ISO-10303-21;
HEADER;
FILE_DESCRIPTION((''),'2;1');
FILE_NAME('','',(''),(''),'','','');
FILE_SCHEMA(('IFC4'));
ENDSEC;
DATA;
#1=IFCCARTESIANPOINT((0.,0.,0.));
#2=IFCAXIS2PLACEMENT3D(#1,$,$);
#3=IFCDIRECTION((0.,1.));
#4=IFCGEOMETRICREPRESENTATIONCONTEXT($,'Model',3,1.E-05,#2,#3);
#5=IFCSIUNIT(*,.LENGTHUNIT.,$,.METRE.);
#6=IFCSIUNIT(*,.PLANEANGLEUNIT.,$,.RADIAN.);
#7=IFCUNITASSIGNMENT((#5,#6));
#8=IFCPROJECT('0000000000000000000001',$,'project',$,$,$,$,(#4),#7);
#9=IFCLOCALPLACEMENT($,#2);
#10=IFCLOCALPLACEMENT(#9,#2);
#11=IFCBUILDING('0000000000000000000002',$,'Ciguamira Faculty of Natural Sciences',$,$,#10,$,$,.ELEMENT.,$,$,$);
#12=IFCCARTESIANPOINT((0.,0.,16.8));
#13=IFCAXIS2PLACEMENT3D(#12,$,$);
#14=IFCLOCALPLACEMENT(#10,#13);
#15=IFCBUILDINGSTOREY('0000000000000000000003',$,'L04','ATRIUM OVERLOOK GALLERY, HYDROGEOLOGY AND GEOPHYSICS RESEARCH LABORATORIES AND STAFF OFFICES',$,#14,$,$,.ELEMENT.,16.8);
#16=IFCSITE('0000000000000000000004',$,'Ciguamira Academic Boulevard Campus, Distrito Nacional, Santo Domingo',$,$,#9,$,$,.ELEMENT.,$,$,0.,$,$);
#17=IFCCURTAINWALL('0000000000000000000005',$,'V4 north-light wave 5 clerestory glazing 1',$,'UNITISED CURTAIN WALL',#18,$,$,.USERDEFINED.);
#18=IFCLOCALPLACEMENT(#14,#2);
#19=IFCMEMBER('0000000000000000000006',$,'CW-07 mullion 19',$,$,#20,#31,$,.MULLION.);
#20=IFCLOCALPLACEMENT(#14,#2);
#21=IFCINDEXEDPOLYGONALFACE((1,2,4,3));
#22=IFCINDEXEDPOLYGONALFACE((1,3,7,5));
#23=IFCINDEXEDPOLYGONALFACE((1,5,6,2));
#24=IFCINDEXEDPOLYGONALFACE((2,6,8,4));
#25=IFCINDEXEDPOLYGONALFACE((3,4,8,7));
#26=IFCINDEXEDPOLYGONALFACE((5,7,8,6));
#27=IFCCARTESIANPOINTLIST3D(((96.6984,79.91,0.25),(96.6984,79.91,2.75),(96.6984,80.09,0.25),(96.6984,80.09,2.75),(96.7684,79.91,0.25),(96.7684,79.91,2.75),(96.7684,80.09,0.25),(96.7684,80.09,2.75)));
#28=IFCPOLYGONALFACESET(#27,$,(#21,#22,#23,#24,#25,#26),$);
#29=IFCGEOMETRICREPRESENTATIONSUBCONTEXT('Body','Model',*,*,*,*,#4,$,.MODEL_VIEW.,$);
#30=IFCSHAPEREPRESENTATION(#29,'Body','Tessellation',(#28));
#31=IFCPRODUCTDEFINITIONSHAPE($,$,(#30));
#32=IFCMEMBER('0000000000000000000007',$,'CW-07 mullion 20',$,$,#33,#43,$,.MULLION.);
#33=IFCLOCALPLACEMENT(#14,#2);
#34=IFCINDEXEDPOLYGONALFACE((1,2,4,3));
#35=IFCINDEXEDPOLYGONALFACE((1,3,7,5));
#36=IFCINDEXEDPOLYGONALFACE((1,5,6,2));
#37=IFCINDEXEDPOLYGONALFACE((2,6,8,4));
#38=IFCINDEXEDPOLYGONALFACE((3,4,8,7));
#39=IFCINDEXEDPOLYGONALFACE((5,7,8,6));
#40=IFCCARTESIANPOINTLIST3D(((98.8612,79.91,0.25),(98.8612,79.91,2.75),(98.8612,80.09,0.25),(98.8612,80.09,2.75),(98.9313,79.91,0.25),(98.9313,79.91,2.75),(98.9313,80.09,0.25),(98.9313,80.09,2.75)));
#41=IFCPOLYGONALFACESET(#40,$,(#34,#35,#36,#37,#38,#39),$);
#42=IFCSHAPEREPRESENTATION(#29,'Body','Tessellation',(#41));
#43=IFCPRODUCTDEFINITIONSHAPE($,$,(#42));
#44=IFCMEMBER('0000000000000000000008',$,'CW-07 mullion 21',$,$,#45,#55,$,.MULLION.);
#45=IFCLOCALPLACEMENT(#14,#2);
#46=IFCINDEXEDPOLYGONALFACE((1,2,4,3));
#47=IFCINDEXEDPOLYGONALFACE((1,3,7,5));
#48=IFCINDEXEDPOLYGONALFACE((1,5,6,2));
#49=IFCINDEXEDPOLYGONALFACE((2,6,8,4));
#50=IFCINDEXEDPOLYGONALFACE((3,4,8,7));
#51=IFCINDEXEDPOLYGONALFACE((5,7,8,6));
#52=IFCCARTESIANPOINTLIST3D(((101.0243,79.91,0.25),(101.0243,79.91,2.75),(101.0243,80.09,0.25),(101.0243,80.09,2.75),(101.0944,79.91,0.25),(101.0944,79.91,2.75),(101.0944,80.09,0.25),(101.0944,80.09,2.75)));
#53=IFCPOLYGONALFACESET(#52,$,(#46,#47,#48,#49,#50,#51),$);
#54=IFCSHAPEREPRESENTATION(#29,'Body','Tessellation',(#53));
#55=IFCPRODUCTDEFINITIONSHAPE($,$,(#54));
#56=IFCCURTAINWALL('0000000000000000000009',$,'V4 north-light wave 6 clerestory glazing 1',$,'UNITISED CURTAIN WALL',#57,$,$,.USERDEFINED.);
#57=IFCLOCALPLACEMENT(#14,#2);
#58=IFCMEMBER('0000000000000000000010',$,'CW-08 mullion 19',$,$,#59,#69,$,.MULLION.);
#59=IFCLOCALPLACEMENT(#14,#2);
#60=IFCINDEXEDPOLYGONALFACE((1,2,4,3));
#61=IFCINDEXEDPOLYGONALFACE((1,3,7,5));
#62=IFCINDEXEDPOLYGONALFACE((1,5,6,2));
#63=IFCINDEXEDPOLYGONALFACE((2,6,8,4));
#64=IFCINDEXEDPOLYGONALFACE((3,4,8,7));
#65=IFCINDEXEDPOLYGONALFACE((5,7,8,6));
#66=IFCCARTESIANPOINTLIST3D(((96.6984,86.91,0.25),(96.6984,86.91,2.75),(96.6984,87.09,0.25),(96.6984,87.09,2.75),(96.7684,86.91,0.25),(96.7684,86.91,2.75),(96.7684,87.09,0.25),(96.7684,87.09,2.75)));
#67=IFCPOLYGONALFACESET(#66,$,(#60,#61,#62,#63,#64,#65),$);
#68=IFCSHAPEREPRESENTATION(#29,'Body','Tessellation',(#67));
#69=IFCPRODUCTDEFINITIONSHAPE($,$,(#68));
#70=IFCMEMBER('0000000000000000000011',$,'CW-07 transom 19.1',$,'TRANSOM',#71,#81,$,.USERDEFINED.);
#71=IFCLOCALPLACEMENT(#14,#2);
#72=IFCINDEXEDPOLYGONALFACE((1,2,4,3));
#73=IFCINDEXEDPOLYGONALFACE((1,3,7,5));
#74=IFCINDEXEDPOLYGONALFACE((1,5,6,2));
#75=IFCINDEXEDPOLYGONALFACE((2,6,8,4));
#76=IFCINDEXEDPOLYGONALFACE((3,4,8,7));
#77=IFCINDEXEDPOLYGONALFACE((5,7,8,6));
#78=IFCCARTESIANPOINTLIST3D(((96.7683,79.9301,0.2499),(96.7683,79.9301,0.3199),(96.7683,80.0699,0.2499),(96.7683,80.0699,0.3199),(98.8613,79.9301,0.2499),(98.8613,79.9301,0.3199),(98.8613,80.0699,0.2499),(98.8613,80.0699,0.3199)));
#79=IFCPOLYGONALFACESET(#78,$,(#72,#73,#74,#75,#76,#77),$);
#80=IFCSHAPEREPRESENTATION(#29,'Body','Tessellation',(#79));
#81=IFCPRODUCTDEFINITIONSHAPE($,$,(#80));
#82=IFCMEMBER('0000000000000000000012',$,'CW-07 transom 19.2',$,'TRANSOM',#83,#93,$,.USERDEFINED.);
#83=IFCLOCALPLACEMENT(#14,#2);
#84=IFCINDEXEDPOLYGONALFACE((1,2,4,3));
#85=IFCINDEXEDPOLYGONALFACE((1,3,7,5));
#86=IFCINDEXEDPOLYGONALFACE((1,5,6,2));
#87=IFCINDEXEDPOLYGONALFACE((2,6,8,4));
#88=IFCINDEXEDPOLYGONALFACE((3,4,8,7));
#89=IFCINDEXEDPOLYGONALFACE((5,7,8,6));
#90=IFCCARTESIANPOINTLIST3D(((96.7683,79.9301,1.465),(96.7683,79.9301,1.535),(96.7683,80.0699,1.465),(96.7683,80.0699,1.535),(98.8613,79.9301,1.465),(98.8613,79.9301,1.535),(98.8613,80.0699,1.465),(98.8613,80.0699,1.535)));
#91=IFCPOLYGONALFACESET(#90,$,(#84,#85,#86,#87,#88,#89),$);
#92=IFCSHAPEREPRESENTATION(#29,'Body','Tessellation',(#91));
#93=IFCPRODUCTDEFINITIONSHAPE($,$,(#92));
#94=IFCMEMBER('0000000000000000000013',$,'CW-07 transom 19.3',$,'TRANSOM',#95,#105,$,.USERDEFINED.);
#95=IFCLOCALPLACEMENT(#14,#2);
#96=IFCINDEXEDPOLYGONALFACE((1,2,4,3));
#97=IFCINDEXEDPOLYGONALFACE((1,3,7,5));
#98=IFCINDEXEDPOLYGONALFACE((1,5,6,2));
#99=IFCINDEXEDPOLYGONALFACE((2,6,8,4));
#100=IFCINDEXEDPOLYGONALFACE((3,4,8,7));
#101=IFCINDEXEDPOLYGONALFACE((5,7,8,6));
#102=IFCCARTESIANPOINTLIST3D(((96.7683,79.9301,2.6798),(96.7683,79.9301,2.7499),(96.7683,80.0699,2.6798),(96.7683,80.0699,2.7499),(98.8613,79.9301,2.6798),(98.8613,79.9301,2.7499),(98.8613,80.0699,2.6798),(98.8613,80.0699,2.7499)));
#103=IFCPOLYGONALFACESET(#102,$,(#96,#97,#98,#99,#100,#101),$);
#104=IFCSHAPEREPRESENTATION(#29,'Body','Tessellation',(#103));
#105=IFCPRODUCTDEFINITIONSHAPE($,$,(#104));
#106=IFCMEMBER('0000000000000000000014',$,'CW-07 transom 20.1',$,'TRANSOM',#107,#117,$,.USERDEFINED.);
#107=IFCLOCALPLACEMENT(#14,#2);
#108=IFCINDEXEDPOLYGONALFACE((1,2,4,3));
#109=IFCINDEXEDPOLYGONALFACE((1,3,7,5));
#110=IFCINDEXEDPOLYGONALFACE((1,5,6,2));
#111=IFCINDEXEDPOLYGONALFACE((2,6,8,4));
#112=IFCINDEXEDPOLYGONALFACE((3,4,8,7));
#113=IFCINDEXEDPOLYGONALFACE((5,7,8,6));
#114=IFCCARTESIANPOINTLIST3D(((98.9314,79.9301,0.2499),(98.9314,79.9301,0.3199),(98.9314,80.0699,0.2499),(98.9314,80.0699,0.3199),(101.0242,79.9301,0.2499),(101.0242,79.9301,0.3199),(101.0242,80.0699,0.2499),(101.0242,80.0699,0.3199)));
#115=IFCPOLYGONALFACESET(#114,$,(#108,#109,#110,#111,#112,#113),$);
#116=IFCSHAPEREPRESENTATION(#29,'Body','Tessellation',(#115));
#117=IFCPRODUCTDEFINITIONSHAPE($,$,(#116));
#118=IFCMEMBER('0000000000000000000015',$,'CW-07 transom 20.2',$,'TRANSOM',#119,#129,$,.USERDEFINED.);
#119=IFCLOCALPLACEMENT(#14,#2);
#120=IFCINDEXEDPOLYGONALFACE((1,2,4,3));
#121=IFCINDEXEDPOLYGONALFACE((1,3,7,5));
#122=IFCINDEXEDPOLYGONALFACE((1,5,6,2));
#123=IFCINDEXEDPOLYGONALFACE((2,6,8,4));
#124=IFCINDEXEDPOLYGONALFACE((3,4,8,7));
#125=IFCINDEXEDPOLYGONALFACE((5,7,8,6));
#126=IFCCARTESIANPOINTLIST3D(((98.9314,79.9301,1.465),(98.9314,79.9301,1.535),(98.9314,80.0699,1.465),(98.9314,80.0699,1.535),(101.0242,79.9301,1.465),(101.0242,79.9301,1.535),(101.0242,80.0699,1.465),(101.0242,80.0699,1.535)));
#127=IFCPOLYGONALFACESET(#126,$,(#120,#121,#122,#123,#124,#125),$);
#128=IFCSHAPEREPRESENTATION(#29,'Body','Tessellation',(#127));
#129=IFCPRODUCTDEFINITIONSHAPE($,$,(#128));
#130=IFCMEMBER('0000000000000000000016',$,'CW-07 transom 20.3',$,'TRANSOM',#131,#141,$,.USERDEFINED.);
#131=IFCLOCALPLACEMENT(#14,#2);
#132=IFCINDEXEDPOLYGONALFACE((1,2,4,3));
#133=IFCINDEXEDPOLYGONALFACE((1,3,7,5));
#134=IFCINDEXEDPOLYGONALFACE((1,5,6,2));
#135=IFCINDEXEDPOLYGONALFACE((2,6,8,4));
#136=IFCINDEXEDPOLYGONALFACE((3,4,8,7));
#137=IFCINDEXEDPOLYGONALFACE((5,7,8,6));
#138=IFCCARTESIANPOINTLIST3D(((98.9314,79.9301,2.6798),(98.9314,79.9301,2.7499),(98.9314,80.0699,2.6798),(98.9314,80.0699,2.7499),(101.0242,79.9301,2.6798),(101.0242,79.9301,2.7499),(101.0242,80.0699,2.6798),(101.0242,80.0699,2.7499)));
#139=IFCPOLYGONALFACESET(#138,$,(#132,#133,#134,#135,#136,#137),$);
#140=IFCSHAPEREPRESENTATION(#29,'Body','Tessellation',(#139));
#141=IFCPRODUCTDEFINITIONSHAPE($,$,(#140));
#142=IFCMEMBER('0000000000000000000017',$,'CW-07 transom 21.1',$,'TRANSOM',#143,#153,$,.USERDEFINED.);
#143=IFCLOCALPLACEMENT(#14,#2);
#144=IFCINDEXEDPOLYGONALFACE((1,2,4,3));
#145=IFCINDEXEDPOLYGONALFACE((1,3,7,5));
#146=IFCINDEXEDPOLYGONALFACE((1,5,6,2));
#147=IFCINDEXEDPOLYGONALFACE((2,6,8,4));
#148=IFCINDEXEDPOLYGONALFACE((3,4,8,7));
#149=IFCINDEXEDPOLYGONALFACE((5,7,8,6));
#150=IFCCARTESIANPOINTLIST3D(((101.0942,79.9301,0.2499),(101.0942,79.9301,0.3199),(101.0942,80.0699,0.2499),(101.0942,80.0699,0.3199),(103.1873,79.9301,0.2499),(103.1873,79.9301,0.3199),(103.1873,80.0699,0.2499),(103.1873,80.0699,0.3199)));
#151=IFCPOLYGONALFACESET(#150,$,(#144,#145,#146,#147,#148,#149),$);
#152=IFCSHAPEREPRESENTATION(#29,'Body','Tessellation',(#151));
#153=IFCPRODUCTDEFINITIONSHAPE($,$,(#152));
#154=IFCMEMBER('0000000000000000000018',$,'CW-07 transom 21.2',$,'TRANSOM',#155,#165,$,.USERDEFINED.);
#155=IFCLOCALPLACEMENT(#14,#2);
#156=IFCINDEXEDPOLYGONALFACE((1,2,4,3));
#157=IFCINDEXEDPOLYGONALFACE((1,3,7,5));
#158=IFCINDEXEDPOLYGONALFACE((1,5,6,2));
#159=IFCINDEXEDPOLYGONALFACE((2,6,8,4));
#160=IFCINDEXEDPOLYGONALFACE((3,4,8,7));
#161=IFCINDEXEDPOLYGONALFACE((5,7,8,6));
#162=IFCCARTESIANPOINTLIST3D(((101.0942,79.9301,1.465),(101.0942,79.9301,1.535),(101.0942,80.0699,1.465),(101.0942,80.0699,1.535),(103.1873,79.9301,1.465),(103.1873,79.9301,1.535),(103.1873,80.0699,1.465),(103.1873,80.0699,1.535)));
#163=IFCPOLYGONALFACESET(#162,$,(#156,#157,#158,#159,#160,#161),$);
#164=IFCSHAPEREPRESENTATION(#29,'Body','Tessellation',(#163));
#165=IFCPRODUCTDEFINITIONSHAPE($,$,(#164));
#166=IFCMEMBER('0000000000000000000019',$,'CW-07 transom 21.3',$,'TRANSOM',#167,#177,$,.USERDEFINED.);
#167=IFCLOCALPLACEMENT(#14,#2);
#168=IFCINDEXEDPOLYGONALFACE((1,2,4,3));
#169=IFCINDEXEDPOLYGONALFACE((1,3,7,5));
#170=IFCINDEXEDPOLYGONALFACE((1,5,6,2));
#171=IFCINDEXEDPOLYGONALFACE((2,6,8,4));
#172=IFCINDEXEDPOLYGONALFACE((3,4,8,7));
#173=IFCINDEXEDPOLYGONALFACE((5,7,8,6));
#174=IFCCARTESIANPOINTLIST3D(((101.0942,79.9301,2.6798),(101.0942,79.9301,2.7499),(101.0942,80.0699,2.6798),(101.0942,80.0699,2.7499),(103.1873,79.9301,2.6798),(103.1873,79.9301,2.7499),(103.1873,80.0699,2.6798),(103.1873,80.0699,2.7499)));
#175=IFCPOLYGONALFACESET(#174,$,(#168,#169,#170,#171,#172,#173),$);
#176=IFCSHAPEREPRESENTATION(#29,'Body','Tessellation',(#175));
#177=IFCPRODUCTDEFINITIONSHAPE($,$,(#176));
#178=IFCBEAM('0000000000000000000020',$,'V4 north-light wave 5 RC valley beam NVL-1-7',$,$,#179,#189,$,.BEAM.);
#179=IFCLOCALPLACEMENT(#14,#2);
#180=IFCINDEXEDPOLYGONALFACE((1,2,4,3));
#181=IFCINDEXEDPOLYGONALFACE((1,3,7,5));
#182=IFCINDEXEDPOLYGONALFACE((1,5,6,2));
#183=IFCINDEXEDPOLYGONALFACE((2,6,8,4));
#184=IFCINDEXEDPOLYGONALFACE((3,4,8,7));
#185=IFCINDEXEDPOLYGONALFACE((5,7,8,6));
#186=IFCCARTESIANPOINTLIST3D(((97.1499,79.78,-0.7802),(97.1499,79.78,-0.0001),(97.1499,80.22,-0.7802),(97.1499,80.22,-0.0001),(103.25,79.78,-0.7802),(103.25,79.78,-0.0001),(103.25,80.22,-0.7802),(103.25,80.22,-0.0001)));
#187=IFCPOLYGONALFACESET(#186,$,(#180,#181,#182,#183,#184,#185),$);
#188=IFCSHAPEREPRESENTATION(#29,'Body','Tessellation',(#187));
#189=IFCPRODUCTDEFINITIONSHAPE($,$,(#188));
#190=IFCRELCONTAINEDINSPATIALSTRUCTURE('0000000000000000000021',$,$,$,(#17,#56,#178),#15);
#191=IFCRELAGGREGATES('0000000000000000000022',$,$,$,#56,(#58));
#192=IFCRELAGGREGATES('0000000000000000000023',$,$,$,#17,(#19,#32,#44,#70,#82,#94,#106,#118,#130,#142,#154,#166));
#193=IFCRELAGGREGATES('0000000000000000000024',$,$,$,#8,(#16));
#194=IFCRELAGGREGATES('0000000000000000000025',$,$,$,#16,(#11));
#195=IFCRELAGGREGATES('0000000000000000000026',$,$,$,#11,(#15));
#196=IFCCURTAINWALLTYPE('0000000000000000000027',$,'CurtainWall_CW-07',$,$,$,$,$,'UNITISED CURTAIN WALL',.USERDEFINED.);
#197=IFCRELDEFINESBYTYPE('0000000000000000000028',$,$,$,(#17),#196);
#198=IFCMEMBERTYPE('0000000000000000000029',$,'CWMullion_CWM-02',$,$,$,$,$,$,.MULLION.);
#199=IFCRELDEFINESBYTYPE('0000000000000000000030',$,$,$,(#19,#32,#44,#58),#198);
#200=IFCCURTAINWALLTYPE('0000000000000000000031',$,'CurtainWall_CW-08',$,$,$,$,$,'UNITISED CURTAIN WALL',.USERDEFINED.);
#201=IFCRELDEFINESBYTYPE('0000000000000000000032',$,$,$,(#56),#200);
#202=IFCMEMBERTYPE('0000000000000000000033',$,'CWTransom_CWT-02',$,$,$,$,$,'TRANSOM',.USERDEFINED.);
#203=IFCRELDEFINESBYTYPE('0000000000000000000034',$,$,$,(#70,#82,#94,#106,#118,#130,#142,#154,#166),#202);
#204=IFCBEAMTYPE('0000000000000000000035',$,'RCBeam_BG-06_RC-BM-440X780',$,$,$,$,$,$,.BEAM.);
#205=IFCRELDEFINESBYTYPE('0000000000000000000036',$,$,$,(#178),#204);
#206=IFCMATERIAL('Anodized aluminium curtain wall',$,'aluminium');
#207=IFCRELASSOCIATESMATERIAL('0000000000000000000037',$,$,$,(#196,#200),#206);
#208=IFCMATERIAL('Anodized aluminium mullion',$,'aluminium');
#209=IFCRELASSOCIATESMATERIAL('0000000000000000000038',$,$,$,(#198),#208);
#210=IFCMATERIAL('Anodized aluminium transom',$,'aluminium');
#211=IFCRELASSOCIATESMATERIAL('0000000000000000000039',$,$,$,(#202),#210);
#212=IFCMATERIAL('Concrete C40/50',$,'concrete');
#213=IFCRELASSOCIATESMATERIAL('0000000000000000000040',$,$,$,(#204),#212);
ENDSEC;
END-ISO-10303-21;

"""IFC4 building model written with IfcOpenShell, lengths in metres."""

from ifc_helpers import new_model, si_unit, direction, frame, origin, origin_2d, place, context, subcontext, project, spatial, rectangle, extrude, material, material_profile, profile_set, type_object, element, aggregate, save


model = new_model("IFC4")

# Units and contexts
model_context = context("Model", 3, precision=1e-05, world=origin(), true_north=direction((0.0, 1.0)))
body_context = subcontext(model_context, "Body", "Model", "MODEL_VIEW")
ifc_project = project(units=[si_unit("LENGTHUNIT", "METRE"), si_unit("PLANEANGLEUNIT", "RADIAN")], contexts=[model_context])

# Site, building, storey
site_placement = place(None, origin())
site = spatial("IfcSite", under=ifc_project, at=site_placement, Name="Ciguamira Academic Boulevard Campus, Distrito Nacional, Santo Domingo", CompositionType="ELEMENT", RefElevation=0.0)
building_placement = place(site_placement, origin())
building = spatial("IfcBuilding", under=site, at=building_placement, Name="Ciguamira Faculty of Natural Sciences", CompositionType="ELEMENT")
storey_placement = place(building_placement, frame((0.0, 0.0, 16.8)))
storey = spatial("IfcBuildingStorey", under=building, at=storey_placement, Name="L04", Description="ATRIUM OVERLOOK GALLERY, HYDROGEOLOGY AND GEOPHYSICS RESEARCH LABORATORIES AND STAFF OFFICES", CompositionType="ELEMENT", Elevation=16.8)

# Curtain wall, members
ifc_material_1 = material(Name="Anodized aluminium curtain wall", Category="aluminium")
curtain_wall_type_1 = type_object("IfcCurtainWallType", Name="CurtainWall_CW-07", ElementType="UNITISED CURTAIN WALL", PredefinedType="USERDEFINED", material=ifc_material_1)
curtain_wall_1_placement = place(storey_placement, origin())
curtain_wall_1 = element("IfcCurtainWall", 1, at=curtain_wall_1_placement, inside=storey, type_object=curtain_wall_type_1, Name="V4 north-light wave 5 clerestory glazing 1", ObjectType="UNITISED CURTAIN WALL", PredefinedType="USERDEFINED")
ifc_material_2 = material(Name="Anodized aluminium mullion", Category="aluminium")
ifc_material_profile_1 = material_profile(ifc_material_2, rectangle(XDim=0.0701, YDim=0.1799, at=origin_2d()), Name="ALU-MUL-70X180")
ifc_profile_set_1 = profile_set([ifc_material_profile_1], Name="Anodized aluminium mullion")
member_type_1 = type_object("IfcMemberType", Name="CWMullion_CWM-02", PredefinedType="MULLION", material=ifc_profile_set_1)
member_1_placement = place(storey_placement, frame((96.7334, 80.0, 0.25), z_axis=(0.0, 0.0, 1.0), x_axis=(1.0, 0.0, 0.0)))
member_1 = element("IfcMember", 2, at=member_1_placement, type_object=member_type_1, Name="CW-07 mullion 19", PredefinedType="MULLION", context=body_context, shape_type="SweptSolid", body=[
    extrude(rectangle(XDim=0.0701, YDim=0.1799, at=origin_2d()), origin(), (0.0, 0.0, 1.0), 2.5),
])
member_2_placement = place(storey_placement, frame((98.8962, 80.0, 0.25), z_axis=(0.0, 0.0, 1.0), x_axis=(1.0, 0.0, 0.0)))
member_2 = element("IfcMember", 3, at=member_2_placement, type_object=member_type_1, Name="CW-07 mullion 20", PredefinedType="MULLION", context=body_context, shape_type="SweptSolid", body=[
    extrude(rectangle(XDim=0.0701, YDim=0.1799, at=origin_2d()), origin(), (0.0, 0.0, 1.0), 2.5),
])
member_3_placement = place(storey_placement, frame((101.0593, 80.0, 0.25), z_axis=(0.0, 0.0, 1.0), x_axis=(1.0, 0.0, 0.0)))
member_3 = element("IfcMember", 4, at=member_3_placement, type_object=member_type_1, Name="CW-07 mullion 21", PredefinedType="MULLION", context=body_context, shape_type="SweptSolid", body=[
    extrude(rectangle(XDim=0.0701, YDim=0.1799, at=origin_2d()), origin(), (0.0, 0.0, 1.0), 2.5),
])

# Curtain wall, member
curtain_wall_type_2 = type_object("IfcCurtainWallType", Name="CurtainWall_CW-08", ElementType="UNITISED CURTAIN WALL", PredefinedType="USERDEFINED", material=ifc_material_1)
curtain_wall_2_placement = place(storey_placement, origin())
curtain_wall_2 = element("IfcCurtainWall", 5, at=curtain_wall_2_placement, inside=storey, type_object=curtain_wall_type_2, Name="V4 north-light wave 6 clerestory glazing 1", ObjectType="UNITISED CURTAIN WALL", PredefinedType="USERDEFINED")
member_4_placement = place(storey_placement, frame((96.7334, 87.0, 0.25), z_axis=(0.0, 0.0, 1.0), x_axis=(1.0, 0.0, 0.0)))
member_4 = element("IfcMember", 6, at=member_4_placement, type_object=member_type_1, Name="CW-08 mullion 19", PredefinedType="MULLION", context=body_context, shape_type="SweptSolid", body=[
    extrude(rectangle(XDim=0.0701, YDim=0.1799, at=origin_2d()), origin(), (0.0, 0.0, 1.0), 2.5),
])
aggregate(curtain_wall_2, [member_4])

# Members
ifc_material_3 = material(Name="Anodized aluminium transom", Category="aluminium")
ifc_material_profile_2 = material_profile(ifc_material_3, rectangle(XDim=0.0701, YDim=0.1399, at=origin_2d()), Name="ALU-TRN-70X140")
ifc_profile_set_2 = profile_set([ifc_material_profile_2], Name="Anodized aluminium transom")
member_type_2 = type_object("IfcMemberType", Name="CWTransom_CWT-02", ElementType="TRANSOM", PredefinedType="USERDEFINED", material=ifc_profile_set_2)
member_5_placement = place(storey_placement, frame((96.7683, 80.0, 0.2849), z_axis=(1.0, 0.0, 0.0), x_axis=(0.0, 0.0, 1.0)))
member_5 = element("IfcMember", 7, at=member_5_placement, type_object=member_type_2, Name="CW-07 transom 19.1", ObjectType="TRANSOM", PredefinedType="USERDEFINED", context=body_context, shape_type="SweptSolid", body=[
    extrude(rectangle(XDim=0.0701, YDim=0.1399, at=origin_2d()), origin(), (0.0, 0.0, 1.0), 2.093),
])
member_6_placement = place(storey_placement, frame((96.7683, 80.0, 1.5), z_axis=(1.0, 0.0, 0.0), x_axis=(0.0, 0.0, 1.0)))
member_6 = element("IfcMember", 8, at=member_6_placement, type_object=member_type_2, Name="CW-07 transom 19.2", ObjectType="TRANSOM", PredefinedType="USERDEFINED", context=body_context, shape_type="SweptSolid", body=[
    extrude(rectangle(XDim=0.0701, YDim=0.1399, at=origin_2d()), origin(), (0.0, 0.0, 1.0), 2.093),
])
member_7_placement = place(storey_placement, frame((96.7683, 80.0, 2.7148), z_axis=(1.0, 0.0, 0.0), x_axis=(0.0, 0.0, 1.0)))
member_7 = element("IfcMember", 9, at=member_7_placement, type_object=member_type_2, Name="CW-07 transom 19.3", ObjectType="TRANSOM", PredefinedType="USERDEFINED", context=body_context, shape_type="SweptSolid", body=[
    extrude(rectangle(XDim=0.0701, YDim=0.1399, at=origin_2d()), origin(), (0.0, 0.0, 1.0), 2.093),
])
member_8_placement = place(storey_placement, frame((98.9314, 80.0, 0.2849), z_axis=(1.0, 0.0, 0.0), x_axis=(0.0, 0.0, 1.0)))
member_8 = element("IfcMember", 10, at=member_8_placement, type_object=member_type_2, Name="CW-07 transom 20.1", ObjectType="TRANSOM", PredefinedType="USERDEFINED", context=body_context, shape_type="SweptSolid", body=[
    extrude(rectangle(XDim=0.0701, YDim=0.1399, at=origin_2d()), origin(), (0.0, 0.0, 1.0), 2.0928),
])
member_9_placement = place(storey_placement, frame((98.9314, 80.0, 1.5), z_axis=(1.0, 0.0, 0.0), x_axis=(0.0, 0.0, 1.0)))
member_9 = element("IfcMember", 11, at=member_9_placement, type_object=member_type_2, Name="CW-07 transom 20.2", ObjectType="TRANSOM", PredefinedType="USERDEFINED", context=body_context, shape_type="SweptSolid", body=[
    extrude(rectangle(XDim=0.0701, YDim=0.1399, at=origin_2d()), origin(), (0.0, 0.0, 1.0), 2.0928),
])
member_10_placement = place(storey_placement, frame((98.9314, 80.0, 2.7148), z_axis=(1.0, 0.0, 0.0), x_axis=(0.0, 0.0, 1.0)))
member_10 = element("IfcMember", 12, at=member_10_placement, type_object=member_type_2, Name="CW-07 transom 20.3", ObjectType="TRANSOM", PredefinedType="USERDEFINED", context=body_context, shape_type="SweptSolid", body=[
    extrude(rectangle(XDim=0.0701, YDim=0.1399, at=origin_2d()), origin(), (0.0, 0.0, 1.0), 2.0928),
])
member_11_placement = place(storey_placement, frame((101.0942, 80.0, 0.2849), z_axis=(1.0, 0.0, 0.0), x_axis=(0.0, 0.0, 1.0)))
member_11 = element("IfcMember", 13, at=member_11_placement, type_object=member_type_2, Name="CW-07 transom 21.1", ObjectType="TRANSOM", PredefinedType="USERDEFINED", context=body_context, shape_type="SweptSolid", body=[
    extrude(rectangle(XDim=0.0701, YDim=0.1399, at=origin_2d()), origin(), (0.0, 0.0, 1.0), 2.093),
])
member_12_placement = place(storey_placement, frame((101.0942, 80.0, 1.5), z_axis=(1.0, 0.0, 0.0), x_axis=(0.0, 0.0, 1.0)))
member_12 = element("IfcMember", 14, at=member_12_placement, type_object=member_type_2, Name="CW-07 transom 21.2", ObjectType="TRANSOM", PredefinedType="USERDEFINED", context=body_context, shape_type="SweptSolid", body=[
    extrude(rectangle(XDim=0.0701, YDim=0.1399, at=origin_2d()), origin(), (0.0, 0.0, 1.0), 2.093),
])
member_13_placement = place(storey_placement, frame((101.0942, 80.0, 2.7148), z_axis=(1.0, 0.0, 0.0), x_axis=(0.0, 0.0, 1.0)))
member_13 = element("IfcMember", 15, at=member_13_placement, type_object=member_type_2, Name="CW-07 transom 21.3", ObjectType="TRANSOM", PredefinedType="USERDEFINED", context=body_context, shape_type="SweptSolid", body=[
    extrude(rectangle(XDim=0.0701, YDim=0.1399, at=origin_2d()), origin(), (0.0, 0.0, 1.0), 2.093),
])

# Beam
ifc_material_4 = material(Name="Concrete C40/50", Category="concrete")
ifc_material_profile_3 = material_profile(ifc_material_4, rectangle(XDim=0.4399, YDim=0.78, at=origin_2d()), Name="RC-BM-440X780")
ifc_profile_set_3 = profile_set([ifc_material_profile_3], Name="Concrete C40/50")
beam_type = type_object("IfcBeamType", Name="RCBeam_BG-06_RC-BM-440X780", PredefinedType="BEAM", material=ifc_profile_set_3)
beam_placement = place(storey_placement, frame((97.1499, 80.0, -0.3901), z_axis=(1.0, 0.0, 0.0), x_axis=(0.0, 1.0, 0.0)))
element("IfcBeam", 16, at=beam_placement, inside=storey, type_object=beam_type, Name="V4 north-light wave 5 RC valley beam NVL-1-7", PredefinedType="BEAM", context=body_context, shape_type="SweptSolid", body=[
    extrude(rectangle(XDim=0.4399, YDim=0.78, at=origin_2d()), origin(), (0.0, 0.0, 1.0), 6.1001),
])

aggregate(curtain_wall_1, [member_1, member_2, member_3, member_5, member_6, member_7, member_8, member_9, member_10, member_11, member_12, member_13])

save(model, "model.ifc")
